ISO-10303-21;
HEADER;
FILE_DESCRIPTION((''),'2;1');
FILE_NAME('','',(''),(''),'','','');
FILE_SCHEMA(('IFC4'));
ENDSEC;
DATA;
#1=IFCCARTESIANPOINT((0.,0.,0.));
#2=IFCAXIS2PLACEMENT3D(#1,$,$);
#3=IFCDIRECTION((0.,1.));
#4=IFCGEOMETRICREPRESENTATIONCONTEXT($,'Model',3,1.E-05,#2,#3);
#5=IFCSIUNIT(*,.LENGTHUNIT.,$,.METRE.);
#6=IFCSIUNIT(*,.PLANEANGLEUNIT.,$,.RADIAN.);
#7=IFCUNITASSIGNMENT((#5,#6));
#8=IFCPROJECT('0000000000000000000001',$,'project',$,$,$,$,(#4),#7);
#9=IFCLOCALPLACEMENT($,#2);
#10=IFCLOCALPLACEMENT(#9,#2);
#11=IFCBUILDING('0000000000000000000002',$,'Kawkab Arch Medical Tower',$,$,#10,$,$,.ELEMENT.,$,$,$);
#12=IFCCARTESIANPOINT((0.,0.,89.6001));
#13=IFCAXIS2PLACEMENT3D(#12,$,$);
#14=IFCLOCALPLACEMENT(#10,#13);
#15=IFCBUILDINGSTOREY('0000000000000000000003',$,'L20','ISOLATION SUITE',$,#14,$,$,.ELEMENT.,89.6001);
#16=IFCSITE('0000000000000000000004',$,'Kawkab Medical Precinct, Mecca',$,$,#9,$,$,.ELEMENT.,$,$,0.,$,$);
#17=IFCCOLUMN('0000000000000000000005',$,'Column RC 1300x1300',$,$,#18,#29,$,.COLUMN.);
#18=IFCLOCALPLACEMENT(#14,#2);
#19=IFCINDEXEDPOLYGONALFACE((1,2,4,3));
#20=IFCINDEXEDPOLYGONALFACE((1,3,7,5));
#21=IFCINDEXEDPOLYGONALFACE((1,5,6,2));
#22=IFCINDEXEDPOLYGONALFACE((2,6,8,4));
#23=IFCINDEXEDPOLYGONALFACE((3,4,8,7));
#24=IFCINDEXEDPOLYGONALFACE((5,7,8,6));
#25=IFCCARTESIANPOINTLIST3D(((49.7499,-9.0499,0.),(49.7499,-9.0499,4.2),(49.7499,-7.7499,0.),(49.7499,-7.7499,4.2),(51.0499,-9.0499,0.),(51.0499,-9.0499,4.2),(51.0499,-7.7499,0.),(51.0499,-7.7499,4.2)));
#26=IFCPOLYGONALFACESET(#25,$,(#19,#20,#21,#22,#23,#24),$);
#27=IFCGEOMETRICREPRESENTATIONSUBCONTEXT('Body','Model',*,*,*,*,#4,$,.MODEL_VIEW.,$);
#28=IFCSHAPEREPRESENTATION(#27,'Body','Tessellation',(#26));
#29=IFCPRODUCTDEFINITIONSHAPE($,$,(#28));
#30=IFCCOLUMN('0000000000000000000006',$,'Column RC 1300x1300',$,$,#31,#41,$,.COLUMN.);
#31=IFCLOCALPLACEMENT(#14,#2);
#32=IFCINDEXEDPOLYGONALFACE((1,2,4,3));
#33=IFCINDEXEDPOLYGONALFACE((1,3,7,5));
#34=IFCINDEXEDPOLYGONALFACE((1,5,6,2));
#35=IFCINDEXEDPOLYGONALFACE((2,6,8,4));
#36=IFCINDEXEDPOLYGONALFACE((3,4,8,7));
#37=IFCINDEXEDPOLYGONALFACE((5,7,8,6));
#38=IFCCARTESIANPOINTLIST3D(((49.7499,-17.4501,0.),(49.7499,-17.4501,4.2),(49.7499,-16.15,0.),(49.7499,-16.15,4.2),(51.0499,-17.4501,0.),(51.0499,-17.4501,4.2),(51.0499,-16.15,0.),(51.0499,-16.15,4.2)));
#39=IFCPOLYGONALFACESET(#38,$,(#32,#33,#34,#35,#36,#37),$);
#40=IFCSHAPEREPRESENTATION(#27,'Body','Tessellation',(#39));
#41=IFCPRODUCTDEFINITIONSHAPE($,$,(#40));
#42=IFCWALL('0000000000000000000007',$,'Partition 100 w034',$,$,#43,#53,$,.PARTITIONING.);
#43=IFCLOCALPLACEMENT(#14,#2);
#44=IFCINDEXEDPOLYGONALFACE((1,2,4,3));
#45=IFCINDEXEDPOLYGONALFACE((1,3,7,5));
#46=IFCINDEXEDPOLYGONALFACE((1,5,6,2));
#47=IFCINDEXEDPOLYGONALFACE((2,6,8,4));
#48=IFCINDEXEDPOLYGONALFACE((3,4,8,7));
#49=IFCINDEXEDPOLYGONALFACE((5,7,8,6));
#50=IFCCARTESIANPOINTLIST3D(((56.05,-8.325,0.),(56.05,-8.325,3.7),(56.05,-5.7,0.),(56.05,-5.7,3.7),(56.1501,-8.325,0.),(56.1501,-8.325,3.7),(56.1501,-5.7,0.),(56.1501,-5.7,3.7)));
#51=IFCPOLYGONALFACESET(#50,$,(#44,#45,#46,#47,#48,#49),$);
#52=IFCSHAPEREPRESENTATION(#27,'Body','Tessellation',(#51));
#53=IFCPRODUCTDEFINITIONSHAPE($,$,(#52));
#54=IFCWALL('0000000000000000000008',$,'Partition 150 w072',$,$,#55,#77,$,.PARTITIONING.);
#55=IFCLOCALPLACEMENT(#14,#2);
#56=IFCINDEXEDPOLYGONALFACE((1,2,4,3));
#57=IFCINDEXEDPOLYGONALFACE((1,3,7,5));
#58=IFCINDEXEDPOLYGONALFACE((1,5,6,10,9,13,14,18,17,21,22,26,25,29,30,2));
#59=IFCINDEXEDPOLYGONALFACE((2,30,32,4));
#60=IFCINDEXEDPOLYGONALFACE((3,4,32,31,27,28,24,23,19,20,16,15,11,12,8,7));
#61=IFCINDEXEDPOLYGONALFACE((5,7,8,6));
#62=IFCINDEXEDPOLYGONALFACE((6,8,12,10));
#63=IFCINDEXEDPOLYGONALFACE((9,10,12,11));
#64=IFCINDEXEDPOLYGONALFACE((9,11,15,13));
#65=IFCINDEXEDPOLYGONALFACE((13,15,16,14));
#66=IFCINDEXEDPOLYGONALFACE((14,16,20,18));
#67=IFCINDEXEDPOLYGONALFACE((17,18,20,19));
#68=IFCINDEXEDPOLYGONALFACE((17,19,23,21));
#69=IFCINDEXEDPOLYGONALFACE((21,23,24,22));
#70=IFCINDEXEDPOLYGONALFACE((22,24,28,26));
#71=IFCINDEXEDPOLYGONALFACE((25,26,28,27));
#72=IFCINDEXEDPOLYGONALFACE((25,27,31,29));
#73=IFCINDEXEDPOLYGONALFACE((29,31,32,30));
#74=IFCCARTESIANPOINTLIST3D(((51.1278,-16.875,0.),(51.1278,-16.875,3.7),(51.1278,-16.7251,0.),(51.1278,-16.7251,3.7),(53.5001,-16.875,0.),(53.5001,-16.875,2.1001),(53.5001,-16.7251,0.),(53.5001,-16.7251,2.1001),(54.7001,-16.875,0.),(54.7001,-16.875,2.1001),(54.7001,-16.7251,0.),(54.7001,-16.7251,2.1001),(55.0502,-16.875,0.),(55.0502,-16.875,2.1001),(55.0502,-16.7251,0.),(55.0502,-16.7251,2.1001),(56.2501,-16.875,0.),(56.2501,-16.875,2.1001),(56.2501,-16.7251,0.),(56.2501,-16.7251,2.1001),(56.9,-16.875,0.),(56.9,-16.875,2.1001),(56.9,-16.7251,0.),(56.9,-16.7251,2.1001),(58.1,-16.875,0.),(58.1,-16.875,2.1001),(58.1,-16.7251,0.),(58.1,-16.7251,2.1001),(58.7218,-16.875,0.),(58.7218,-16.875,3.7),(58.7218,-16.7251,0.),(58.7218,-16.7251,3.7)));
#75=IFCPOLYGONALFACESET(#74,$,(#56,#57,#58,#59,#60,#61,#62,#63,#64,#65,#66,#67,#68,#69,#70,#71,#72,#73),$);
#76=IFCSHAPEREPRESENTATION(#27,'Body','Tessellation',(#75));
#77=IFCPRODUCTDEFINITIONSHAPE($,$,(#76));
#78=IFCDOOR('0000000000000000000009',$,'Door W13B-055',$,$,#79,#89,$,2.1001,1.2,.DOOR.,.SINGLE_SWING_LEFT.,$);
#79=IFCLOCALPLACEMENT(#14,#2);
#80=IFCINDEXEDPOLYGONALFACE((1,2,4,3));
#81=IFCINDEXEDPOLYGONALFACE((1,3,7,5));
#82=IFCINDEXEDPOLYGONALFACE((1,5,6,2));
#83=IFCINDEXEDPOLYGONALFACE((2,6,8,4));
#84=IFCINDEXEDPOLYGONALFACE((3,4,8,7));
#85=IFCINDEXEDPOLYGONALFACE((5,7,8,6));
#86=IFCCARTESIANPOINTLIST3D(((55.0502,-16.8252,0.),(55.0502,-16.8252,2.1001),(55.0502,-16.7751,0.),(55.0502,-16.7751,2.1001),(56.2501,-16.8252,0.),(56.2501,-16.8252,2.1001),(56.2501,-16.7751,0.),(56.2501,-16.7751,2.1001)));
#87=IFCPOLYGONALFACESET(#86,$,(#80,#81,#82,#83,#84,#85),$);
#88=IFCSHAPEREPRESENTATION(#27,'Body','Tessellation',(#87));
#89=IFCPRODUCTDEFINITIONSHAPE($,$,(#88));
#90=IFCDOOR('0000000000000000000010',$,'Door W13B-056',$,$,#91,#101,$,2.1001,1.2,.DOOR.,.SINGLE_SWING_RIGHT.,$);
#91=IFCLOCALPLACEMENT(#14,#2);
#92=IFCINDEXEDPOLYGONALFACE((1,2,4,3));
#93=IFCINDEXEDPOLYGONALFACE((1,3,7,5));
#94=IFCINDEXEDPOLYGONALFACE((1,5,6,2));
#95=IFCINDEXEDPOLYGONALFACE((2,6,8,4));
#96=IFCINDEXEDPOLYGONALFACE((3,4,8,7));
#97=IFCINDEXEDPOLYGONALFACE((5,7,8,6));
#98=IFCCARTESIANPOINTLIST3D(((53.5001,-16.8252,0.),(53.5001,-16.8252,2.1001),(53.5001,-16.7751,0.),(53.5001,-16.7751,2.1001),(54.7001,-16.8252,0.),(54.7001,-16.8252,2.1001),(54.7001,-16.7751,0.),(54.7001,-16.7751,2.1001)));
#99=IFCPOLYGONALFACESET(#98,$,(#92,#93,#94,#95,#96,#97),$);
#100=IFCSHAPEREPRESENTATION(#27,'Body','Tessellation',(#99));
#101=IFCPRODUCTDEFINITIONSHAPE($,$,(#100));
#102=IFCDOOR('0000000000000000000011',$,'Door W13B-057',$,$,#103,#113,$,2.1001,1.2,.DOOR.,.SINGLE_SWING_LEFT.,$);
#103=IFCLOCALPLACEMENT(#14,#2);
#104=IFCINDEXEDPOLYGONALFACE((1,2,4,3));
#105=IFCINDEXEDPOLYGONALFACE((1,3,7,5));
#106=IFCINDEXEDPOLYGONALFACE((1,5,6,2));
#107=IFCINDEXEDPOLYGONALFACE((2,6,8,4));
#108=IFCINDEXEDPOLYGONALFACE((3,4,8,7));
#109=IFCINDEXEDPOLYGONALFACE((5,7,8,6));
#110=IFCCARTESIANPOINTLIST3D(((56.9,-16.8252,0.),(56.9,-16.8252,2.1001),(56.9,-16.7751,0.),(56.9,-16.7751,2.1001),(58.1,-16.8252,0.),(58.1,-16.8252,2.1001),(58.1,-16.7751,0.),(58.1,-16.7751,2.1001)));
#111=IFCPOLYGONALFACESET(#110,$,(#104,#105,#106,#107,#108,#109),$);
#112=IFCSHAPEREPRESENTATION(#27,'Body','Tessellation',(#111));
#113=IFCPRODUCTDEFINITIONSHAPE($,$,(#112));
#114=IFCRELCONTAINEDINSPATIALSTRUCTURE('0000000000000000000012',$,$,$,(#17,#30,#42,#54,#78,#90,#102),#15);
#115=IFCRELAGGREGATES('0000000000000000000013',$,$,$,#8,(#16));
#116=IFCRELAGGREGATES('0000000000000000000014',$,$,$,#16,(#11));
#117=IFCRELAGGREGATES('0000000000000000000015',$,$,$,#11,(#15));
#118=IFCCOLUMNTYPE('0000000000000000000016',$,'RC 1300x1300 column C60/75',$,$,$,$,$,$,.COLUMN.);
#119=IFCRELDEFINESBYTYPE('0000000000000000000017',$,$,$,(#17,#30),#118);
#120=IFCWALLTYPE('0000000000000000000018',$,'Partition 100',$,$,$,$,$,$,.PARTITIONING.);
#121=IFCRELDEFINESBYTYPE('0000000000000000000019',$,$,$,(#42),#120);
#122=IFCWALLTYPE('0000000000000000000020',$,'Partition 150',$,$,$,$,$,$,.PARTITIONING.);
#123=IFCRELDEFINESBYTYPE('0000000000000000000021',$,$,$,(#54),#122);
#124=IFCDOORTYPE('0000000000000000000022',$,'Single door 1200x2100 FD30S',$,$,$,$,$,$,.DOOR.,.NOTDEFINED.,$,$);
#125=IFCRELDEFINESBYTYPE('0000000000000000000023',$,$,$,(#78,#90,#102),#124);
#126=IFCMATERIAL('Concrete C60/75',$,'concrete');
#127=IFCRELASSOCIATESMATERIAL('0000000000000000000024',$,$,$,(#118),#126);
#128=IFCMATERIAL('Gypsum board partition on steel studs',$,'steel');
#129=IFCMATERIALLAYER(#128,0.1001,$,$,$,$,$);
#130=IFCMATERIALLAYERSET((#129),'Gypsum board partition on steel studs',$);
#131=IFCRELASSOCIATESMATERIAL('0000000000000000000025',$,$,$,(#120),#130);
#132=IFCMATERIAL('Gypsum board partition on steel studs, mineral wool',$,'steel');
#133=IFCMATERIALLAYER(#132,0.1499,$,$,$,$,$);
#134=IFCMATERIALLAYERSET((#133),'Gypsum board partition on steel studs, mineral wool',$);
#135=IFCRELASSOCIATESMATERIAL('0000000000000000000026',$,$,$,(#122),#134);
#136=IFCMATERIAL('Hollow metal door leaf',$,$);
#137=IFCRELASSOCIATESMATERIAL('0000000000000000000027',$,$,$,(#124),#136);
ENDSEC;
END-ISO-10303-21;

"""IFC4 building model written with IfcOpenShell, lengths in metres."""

from ifc_helpers import new_model, si_unit, direction, frame, frame_2d, origin, origin_2d, place, context, subcontext, project, spatial, rectangle, extrude, material, layer, layer_set, material_profile, profile_set, type_object, element, fill, save


model = new_model("IFC4")

# Units and contexts
model_context = context("Model", 3, precision=1e-05, world=origin(), true_north=direction((0.0, 1.0)))
body_context = subcontext(model_context, "Body", "Model", "MODEL_VIEW")
ifc_project = project(units=[si_unit("LENGTHUNIT", "METRE"), si_unit("PLANEANGLEUNIT", "RADIAN")], contexts=[model_context])

# Site, building, storey
site_placement = place(None, origin())
site = spatial("IfcSite", under=ifc_project, at=site_placement, Name="Kawkab Medical Precinct, Mecca", CompositionType="ELEMENT", RefElevation=0.0)
building_placement = place(site_placement, origin())
building = spatial("IfcBuilding", under=site, at=building_placement, Name="Kawkab Arch Medical Tower", CompositionType="ELEMENT")
storey_placement = place(building_placement, frame((0.0, 0.0, 89.6001)))
storey = spatial("IfcBuildingStorey", under=building, at=storey_placement, Name="L20", Description="ISOLATION SUITE", CompositionType="ELEMENT", Elevation=89.6001)

# Columns
ifc_material_1 = material(Name="Concrete C60/75", Category="concrete")
ifc_material_profile = material_profile(ifc_material_1, rectangle(XDim=1.3, YDim=1.3, at=origin_2d()), Name="RC 1300x1300")
ifc_profile_set = profile_set([ifc_material_profile], Name="Concrete C60/75")
column_type = type_object("IfcColumnType", Name="RC 1300x1300 column C60/75", PredefinedType="COLUMN", material=ifc_profile_set)
for number, where, z_axis, x_axis, name in (
    (1, (50.3999, -8.3999, 0.0), (0.0, 0.0, 1.0), (1.0, 0.0, 0.0), "Column RC 1300x1300"),
    (2, (50.3999, -16.8, 0.0), (0.0, 0.0, 1.0), (1.0, 0.0, 0.0), "Column RC 1300x1300"),
):
    element("IfcColumn", number, at=place(storey_placement, frame(where, z_axis=z_axis, x_axis=x_axis)), inside=storey, type_object=column_type, Name=name, PredefinedType="COLUMN", context=body_context, shape_type="SweptSolid", body=[
        extrude(rectangle(XDim=1.3, YDim=1.3, at=origin_2d()), origin(), (0.0, 0.0, 1.0), 4.2),
    ])

# Wall
ifc_material_2 = material(Name="Gypsum board partition on steel studs", Category="steel")
ifc_layer_1 = layer(ifc_material_2, 0.1001)
ifc_layer_set_1 = layer_set([ifc_layer_1], Name="Gypsum board partition on steel studs")
wall_type_1 = type_object("IfcWallType", Name="Partition 100", PredefinedType="PARTITIONING", material=ifc_layer_set_1)
wall_1_placement = place(storey_placement, frame((56.1001, -8.325, 0.0), z_axis=(0.0, 0.0, 1.0), x_axis=(0.0, 1.0, 0.0)))
element("IfcWall", 3, at=wall_1_placement, inside=storey, type_object=wall_type_1, Name="Partition 100 w034", PredefinedType="PARTITIONING", context=body_context, shape_type="SweptSolid", body=[
    extrude(rectangle(XDim=2.625, YDim=0.1001, at=frame_2d((1.3125, 0.0))), origin(), (0.0, 0.0, 1.0), 3.7),
])

# Wall, openings, doors
ifc_material_3 = material(Name="Gypsum board partition on steel studs, mineral wool", Category="steel")
ifc_layer_2 = layer(ifc_material_3, 0.1499)
ifc_layer_set_2 = layer_set([ifc_layer_2], Name="Gypsum board partition on steel studs, mineral wool")
wall_type_2 = type_object("IfcWallType", Name="Partition 150", PredefinedType="PARTITIONING", material=ifc_layer_set_2)
wall_2_placement = place(storey_placement, frame((51.1279, -16.8, 0.0), z_axis=(0.0, 0.0, 1.0), x_axis=(1.0, 0.0, 0.0)))
wall_2 = element("IfcWall", 4, at=wall_2_placement, inside=storey, type_object=wall_type_2, Name="Partition 150 w072", PredefinedType="PARTITIONING", context=body_context, shape_type="SweptSolid", body=[
    extrude(rectangle(XDim=7.594, YDim=0.1499, at=frame_2d((3.7969, 0.0))), origin(), (0.0, 0.0, 1.0), 3.7),
])
opening_1_placement = place(wall_2_placement, frame((3.9221, 0.0, 0.0)))
opening_1 = element("IfcOpeningElement", 5, at=opening_1_placement, cuts=wall_2, PredefinedType="OPENING", context=body_context, shape_type="SweptSolid", body=[
    extrude(rectangle(XDim=1.2, YDim=2.1001, at=frame_2d((0.6001, 1.05))), frame((0.0, 0.085, 0.0), z_axis=(0.0, -1.0, 0.0), x_axis=(1.0, 0.0, 0.0)), (0.0, 0.0, 1.0), 0.1699),
])
opening_2_placement = place(wall_2_placement, frame((2.3721, 0.0, 0.0)))
opening_2 = element("IfcOpeningElement", 6, at=opening_2_placement, cuts=wall_2, PredefinedType="OPENING", context=body_context, shape_type="SweptSolid", body=[
    extrude(rectangle(XDim=1.2, YDim=2.1001, at=frame_2d((0.6001, 1.05))), frame((0.0, 0.085, 0.0), z_axis=(0.0, -1.0, 0.0), x_axis=(1.0, 0.0, 0.0)), (0.0, 0.0, 1.0), 0.1699),
])
opening_3_placement = place(wall_2_placement, frame((5.772, 0.0, 0.0)))
opening_3 = element("IfcOpeningElement", 7, at=opening_3_placement, cuts=wall_2, PredefinedType="OPENING", context=body_context, shape_type="SweptSolid", body=[
    extrude(rectangle(XDim=1.2, YDim=2.1001, at=frame_2d((0.6001, 1.05))), frame((0.0, 0.085, 0.0), z_axis=(0.0, -1.0, 0.0), x_axis=(1.0, 0.0, 0.0)), (0.0, 0.0, 1.0), 0.1699),
])
ifc_material_4 = material(Name="Hollow metal door leaf")
door_type_1 = type_object("IfcDoorType", Name="Single door 1200x2100 FD30S", OperationType="NOTDEFINED", PredefinedType="DOOR", material=ifc_material_4)
door_1_placement = place(opening_1_placement, origin())
door_1 = element("IfcDoor", 8, at=door_1_placement, inside=storey, type_object=door_type_1, Name="Door W13B-055", OperationType="SINGLE_SWING_LEFT", OverallHeight=2.1001, OverallWidth=1.2, PredefinedType="DOOR", context=body_context, shape_type="SweptSolid", body=[
    extrude(rectangle(XDim=1.2, YDim=2.1001, at=frame_2d((0.6001, 1.05))), frame((0.0, 0.0249, 0.0), z_axis=(0.0, -1.0, 0.0), x_axis=(1.0, 0.0, 0.0)), (0.0, 0.0, 1.0), 0.05),
])
fill(opening_1, door_1)
door_2_placement = place(opening_2_placement, origin())
door_2 = element("IfcDoor", 9, at=door_2_placement, inside=storey, type_object=door_type_1, Name="Door W13B-056", OperationType="SINGLE_SWING_RIGHT", OverallHeight=2.1001, OverallWidth=1.2, PredefinedType="DOOR", context=body_context, shape_type="SweptSolid", body=[
    extrude(rectangle(XDim=1.2, YDim=2.1001, at=frame_2d((0.6001, 1.05))), frame((0.0, 0.0249, 0.0), z_axis=(0.0, -1.0, 0.0), x_axis=(1.0, 0.0, 0.0)), (0.0, 0.0, 1.0), 0.05),
])
fill(opening_2, door_2)
door_3_placement = place(opening_3_placement, origin())
door_3 = element("IfcDoor", 10, at=door_3_placement, inside=storey, type_object=door_type_1, Name="Door W13B-057", OperationType="SINGLE_SWING_LEFT", OverallHeight=2.1001, OverallWidth=1.2, PredefinedType="DOOR", context=body_context, shape_type="SweptSolid", body=[
    extrude(rectangle(XDim=1.2, YDim=2.1001, at=frame_2d((0.6001, 1.05))), frame((0.0, 0.0249, 0.0), z_axis=(0.0, -1.0, 0.0), x_axis=(1.0, 0.0, 0.0)), (0.0, 0.0, 1.0), 0.05),
])
fill(opening_3, door_3)

save(model, "model.ifc")
